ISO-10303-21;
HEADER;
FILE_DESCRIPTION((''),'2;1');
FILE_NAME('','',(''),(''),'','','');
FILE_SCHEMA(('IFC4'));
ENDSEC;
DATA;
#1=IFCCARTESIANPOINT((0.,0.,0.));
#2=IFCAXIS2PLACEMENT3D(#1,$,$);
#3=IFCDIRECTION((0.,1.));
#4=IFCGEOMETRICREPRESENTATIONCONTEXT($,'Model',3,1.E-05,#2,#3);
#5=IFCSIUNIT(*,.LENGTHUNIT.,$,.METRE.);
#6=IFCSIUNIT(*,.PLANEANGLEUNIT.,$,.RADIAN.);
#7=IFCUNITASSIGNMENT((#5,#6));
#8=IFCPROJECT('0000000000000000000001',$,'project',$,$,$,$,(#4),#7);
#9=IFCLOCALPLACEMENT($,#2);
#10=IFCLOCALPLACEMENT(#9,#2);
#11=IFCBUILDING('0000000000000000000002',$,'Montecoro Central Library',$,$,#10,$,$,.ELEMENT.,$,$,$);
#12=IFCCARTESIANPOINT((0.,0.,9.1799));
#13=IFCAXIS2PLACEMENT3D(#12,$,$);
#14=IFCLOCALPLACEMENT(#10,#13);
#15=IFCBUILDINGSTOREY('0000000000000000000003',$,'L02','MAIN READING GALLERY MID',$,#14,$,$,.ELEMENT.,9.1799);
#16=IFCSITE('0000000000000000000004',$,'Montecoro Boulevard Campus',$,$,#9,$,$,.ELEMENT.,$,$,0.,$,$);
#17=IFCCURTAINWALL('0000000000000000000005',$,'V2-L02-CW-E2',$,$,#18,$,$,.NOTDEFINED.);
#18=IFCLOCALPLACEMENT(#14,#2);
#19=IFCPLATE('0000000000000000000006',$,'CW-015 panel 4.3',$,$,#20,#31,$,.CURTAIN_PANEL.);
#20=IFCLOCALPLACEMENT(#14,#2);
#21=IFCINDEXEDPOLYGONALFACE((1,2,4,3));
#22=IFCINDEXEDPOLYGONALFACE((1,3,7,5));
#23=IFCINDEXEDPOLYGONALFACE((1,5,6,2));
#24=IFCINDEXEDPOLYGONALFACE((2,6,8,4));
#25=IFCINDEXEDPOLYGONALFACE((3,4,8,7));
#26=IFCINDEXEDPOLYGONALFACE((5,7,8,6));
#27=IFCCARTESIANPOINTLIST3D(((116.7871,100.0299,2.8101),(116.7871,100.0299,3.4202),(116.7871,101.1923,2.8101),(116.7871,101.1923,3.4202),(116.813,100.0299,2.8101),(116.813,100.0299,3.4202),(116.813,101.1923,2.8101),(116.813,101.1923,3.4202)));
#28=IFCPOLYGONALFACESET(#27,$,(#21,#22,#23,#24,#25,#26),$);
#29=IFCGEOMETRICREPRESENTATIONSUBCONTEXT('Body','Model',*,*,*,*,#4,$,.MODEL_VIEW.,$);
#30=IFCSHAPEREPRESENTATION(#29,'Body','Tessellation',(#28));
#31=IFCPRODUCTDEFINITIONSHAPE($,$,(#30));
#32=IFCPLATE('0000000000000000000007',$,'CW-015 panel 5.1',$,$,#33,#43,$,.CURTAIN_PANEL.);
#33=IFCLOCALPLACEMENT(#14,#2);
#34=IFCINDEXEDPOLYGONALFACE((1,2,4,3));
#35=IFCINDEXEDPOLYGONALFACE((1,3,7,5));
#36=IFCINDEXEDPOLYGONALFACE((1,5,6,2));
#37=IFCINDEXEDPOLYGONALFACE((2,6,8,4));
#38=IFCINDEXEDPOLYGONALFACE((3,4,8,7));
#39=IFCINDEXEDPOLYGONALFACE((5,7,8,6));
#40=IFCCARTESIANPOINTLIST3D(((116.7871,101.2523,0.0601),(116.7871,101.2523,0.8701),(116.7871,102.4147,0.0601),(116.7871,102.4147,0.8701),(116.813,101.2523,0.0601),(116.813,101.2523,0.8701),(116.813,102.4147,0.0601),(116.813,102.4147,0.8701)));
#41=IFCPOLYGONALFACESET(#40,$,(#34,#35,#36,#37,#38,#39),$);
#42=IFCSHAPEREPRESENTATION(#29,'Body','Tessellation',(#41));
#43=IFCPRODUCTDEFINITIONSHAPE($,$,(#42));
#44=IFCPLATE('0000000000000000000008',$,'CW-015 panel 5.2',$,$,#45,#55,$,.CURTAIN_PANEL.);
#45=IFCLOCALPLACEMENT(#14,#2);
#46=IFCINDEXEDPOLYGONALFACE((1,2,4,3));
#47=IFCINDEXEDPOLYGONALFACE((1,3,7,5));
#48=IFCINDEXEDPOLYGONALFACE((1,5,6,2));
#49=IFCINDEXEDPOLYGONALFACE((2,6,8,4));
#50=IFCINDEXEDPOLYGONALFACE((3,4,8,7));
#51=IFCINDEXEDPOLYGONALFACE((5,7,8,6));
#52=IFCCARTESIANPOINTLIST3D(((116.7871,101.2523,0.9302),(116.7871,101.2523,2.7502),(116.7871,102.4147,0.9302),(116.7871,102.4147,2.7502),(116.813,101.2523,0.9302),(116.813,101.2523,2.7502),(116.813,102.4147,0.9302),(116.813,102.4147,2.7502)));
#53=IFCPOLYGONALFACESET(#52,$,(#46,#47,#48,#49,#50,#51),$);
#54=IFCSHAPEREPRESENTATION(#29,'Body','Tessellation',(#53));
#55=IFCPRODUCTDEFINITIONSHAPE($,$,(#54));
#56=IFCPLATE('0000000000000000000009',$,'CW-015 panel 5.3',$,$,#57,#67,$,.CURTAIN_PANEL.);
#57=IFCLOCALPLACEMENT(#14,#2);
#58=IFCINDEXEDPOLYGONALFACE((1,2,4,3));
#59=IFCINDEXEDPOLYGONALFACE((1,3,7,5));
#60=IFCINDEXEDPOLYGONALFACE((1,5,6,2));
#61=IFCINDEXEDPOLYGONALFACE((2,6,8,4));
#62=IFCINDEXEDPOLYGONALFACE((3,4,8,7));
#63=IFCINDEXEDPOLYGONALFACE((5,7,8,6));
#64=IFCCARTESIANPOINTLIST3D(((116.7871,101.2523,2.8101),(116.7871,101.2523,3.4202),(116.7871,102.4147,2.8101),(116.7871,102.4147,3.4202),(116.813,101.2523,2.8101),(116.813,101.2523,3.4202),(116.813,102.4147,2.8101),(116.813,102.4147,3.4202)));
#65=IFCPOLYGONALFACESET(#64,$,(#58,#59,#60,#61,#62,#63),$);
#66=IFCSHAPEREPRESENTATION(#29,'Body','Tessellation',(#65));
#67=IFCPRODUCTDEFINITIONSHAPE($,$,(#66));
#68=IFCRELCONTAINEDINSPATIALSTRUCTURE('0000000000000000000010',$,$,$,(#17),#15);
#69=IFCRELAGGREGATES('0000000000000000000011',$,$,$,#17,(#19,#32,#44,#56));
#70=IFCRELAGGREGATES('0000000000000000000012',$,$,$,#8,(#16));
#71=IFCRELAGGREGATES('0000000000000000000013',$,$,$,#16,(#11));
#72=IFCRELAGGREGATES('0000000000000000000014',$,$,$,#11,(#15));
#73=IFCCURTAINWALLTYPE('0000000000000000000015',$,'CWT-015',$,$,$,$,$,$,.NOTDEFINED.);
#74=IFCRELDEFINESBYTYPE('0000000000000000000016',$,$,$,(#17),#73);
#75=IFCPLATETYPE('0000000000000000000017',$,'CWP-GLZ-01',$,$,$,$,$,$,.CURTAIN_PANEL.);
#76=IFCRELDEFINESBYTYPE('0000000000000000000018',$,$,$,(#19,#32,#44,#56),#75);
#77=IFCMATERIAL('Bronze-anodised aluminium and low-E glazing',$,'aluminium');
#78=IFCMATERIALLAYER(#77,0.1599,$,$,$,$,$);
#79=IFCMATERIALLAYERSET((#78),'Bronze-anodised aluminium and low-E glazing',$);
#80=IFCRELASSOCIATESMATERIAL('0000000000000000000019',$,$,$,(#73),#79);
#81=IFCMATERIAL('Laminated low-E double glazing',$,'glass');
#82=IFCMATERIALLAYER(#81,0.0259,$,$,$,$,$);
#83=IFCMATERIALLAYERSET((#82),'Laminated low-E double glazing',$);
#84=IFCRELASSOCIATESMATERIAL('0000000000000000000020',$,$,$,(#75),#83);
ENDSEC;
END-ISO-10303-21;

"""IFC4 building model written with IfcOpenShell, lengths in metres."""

from ifc_helpers import new_model, si_unit, direction, frame, origin, origin_2d, place, context, subcontext, project, spatial, rectangle, extrude, material, layer, layer_set, type_object, element, aggregate, save


model = new_model("IFC4")

# Units and contexts
model_context = context("Model", 3, precision=1e-05, world=origin(), true_north=direction((0.0, 1.0)))
body_context = subcontext(model_context, "Body", "Model", "MODEL_VIEW")
ifc_project = project(units=[si_unit("LENGTHUNIT", "METRE"), si_unit("PLANEANGLEUNIT", "RADIAN")], contexts=[model_context])

# Site, building, storey
site_placement = place(None, origin())
site = spatial("IfcSite", under=ifc_project, at=site_placement, Name="Montecoro Boulevard Campus", CompositionType="ELEMENT", RefElevation=0.0)
building_placement = place(site_placement, origin())
building = spatial("IfcBuilding", under=site, at=building_placement, Name="Montecoro Central Library", CompositionType="ELEMENT")
storey_placement = place(building_placement, frame((0.0, 0.0, 9.1799)))
storey = spatial("IfcBuildingStorey", under=building, at=storey_placement, Name="L02", Description="MAIN READING GALLERY MID", CompositionType="ELEMENT", Elevation=9.1799)

# Curtain wall, plates
ifc_material_1 = material(Name="Bronze-anodised aluminium and low-E glazing", Category="aluminium")
ifc_layer_1 = layer(ifc_material_1, 0.1599)
ifc_layer_set_1 = layer_set([ifc_layer_1], Name="Bronze-anodised aluminium and low-E glazing")
curtain_wall_type = type_object("IfcCurtainWallType", Name="CWT-015", PredefinedType="NOTDEFINED", material=ifc_layer_set_1)
curtain_wall_placement = place(storey_placement, origin())
curtain_wall = element("IfcCurtainWall", 1, at=curtain_wall_placement, inside=storey, type_object=curtain_wall_type, Name="V2-L02-CW-E2", PredefinedType="NOTDEFINED")
ifc_material_2 = material(Name="Laminated low-E double glazing", Category="glass")
ifc_layer_2 = layer(ifc_material_2, 0.0259)
ifc_layer_set_2 = layer_set([ifc_layer_2], Name="Laminated low-E double glazing")
plate_type = type_object("IfcPlateType", Name="CWP-GLZ-01", PredefinedType="CURTAIN_PANEL", material=ifc_layer_set_2)
plate_1_placement = place(storey_placement, frame((116.8, 100.6111, 2.8101), z_axis=(0.0, 0.0, 1.0), x_axis=(0.0, 1.0, 0.0)))
plate_1 = element("IfcPlate", 2, at=plate_1_placement, type_object=plate_type, Name="CW-015 panel 4.3", PredefinedType="CURTAIN_PANEL", context=body_context, shape_type="SweptSolid", body=[
    extrude(rectangle(XDim=1.1624, YDim=0.0259, at=origin_2d()), origin(), (0.0, 0.0, 1.0), 0.6101),
])
plate_2_placement = place(storey_placement, frame((116.8, 101.8335, 0.0601), z_axis=(0.0, 0.0, 1.0), x_axis=(0.0, 1.0, 0.0)))
plate_2 = element("IfcPlate", 3, at=plate_2_placement, type_object=plate_type, Name="CW-015 panel 5.1", PredefinedType="CURTAIN_PANEL", context=body_context, shape_type="SweptSolid", body=[
    extrude(rectangle(XDim=1.1624, YDim=0.0259, at=origin_2d()), origin(), (0.0, 0.0, 1.0), 0.8101),
])
plate_3_placement = place(storey_placement, frame((116.8, 101.8335, 0.9302), z_axis=(0.0, 0.0, 1.0), x_axis=(0.0, 1.0, 0.0)))
plate_3 = element("IfcPlate", 4, at=plate_3_placement, type_object=plate_type, Name="CW-015 panel 5.2", PredefinedType="CURTAIN_PANEL", context=body_context, shape_type="SweptSolid", body=[
    extrude(rectangle(XDim=1.1624, YDim=0.0259, at=origin_2d()), origin(), (0.0, 0.0, 1.0), 1.8201),
])
plate_4_placement = place(storey_placement, frame((116.8, 101.8335, 2.8101), z_axis=(0.0, 0.0, 1.0), x_axis=(0.0, 1.0, 0.0)))
plate_4 = element("IfcPlate", 5, at=plate_4_placement, type_object=plate_type, Name="CW-015 panel 5.3", PredefinedType="CURTAIN_PANEL", context=body_context, shape_type="SweptSolid", body=[
    extrude(rectangle(XDim=1.1624, YDim=0.0259, at=origin_2d()), origin(), (0.0, 0.0, 1.0), 0.6101),
])
aggregate(curtain_wall, [plate_1, plate_2, plate_3, plate_4])

save(model, "model.ifc")
